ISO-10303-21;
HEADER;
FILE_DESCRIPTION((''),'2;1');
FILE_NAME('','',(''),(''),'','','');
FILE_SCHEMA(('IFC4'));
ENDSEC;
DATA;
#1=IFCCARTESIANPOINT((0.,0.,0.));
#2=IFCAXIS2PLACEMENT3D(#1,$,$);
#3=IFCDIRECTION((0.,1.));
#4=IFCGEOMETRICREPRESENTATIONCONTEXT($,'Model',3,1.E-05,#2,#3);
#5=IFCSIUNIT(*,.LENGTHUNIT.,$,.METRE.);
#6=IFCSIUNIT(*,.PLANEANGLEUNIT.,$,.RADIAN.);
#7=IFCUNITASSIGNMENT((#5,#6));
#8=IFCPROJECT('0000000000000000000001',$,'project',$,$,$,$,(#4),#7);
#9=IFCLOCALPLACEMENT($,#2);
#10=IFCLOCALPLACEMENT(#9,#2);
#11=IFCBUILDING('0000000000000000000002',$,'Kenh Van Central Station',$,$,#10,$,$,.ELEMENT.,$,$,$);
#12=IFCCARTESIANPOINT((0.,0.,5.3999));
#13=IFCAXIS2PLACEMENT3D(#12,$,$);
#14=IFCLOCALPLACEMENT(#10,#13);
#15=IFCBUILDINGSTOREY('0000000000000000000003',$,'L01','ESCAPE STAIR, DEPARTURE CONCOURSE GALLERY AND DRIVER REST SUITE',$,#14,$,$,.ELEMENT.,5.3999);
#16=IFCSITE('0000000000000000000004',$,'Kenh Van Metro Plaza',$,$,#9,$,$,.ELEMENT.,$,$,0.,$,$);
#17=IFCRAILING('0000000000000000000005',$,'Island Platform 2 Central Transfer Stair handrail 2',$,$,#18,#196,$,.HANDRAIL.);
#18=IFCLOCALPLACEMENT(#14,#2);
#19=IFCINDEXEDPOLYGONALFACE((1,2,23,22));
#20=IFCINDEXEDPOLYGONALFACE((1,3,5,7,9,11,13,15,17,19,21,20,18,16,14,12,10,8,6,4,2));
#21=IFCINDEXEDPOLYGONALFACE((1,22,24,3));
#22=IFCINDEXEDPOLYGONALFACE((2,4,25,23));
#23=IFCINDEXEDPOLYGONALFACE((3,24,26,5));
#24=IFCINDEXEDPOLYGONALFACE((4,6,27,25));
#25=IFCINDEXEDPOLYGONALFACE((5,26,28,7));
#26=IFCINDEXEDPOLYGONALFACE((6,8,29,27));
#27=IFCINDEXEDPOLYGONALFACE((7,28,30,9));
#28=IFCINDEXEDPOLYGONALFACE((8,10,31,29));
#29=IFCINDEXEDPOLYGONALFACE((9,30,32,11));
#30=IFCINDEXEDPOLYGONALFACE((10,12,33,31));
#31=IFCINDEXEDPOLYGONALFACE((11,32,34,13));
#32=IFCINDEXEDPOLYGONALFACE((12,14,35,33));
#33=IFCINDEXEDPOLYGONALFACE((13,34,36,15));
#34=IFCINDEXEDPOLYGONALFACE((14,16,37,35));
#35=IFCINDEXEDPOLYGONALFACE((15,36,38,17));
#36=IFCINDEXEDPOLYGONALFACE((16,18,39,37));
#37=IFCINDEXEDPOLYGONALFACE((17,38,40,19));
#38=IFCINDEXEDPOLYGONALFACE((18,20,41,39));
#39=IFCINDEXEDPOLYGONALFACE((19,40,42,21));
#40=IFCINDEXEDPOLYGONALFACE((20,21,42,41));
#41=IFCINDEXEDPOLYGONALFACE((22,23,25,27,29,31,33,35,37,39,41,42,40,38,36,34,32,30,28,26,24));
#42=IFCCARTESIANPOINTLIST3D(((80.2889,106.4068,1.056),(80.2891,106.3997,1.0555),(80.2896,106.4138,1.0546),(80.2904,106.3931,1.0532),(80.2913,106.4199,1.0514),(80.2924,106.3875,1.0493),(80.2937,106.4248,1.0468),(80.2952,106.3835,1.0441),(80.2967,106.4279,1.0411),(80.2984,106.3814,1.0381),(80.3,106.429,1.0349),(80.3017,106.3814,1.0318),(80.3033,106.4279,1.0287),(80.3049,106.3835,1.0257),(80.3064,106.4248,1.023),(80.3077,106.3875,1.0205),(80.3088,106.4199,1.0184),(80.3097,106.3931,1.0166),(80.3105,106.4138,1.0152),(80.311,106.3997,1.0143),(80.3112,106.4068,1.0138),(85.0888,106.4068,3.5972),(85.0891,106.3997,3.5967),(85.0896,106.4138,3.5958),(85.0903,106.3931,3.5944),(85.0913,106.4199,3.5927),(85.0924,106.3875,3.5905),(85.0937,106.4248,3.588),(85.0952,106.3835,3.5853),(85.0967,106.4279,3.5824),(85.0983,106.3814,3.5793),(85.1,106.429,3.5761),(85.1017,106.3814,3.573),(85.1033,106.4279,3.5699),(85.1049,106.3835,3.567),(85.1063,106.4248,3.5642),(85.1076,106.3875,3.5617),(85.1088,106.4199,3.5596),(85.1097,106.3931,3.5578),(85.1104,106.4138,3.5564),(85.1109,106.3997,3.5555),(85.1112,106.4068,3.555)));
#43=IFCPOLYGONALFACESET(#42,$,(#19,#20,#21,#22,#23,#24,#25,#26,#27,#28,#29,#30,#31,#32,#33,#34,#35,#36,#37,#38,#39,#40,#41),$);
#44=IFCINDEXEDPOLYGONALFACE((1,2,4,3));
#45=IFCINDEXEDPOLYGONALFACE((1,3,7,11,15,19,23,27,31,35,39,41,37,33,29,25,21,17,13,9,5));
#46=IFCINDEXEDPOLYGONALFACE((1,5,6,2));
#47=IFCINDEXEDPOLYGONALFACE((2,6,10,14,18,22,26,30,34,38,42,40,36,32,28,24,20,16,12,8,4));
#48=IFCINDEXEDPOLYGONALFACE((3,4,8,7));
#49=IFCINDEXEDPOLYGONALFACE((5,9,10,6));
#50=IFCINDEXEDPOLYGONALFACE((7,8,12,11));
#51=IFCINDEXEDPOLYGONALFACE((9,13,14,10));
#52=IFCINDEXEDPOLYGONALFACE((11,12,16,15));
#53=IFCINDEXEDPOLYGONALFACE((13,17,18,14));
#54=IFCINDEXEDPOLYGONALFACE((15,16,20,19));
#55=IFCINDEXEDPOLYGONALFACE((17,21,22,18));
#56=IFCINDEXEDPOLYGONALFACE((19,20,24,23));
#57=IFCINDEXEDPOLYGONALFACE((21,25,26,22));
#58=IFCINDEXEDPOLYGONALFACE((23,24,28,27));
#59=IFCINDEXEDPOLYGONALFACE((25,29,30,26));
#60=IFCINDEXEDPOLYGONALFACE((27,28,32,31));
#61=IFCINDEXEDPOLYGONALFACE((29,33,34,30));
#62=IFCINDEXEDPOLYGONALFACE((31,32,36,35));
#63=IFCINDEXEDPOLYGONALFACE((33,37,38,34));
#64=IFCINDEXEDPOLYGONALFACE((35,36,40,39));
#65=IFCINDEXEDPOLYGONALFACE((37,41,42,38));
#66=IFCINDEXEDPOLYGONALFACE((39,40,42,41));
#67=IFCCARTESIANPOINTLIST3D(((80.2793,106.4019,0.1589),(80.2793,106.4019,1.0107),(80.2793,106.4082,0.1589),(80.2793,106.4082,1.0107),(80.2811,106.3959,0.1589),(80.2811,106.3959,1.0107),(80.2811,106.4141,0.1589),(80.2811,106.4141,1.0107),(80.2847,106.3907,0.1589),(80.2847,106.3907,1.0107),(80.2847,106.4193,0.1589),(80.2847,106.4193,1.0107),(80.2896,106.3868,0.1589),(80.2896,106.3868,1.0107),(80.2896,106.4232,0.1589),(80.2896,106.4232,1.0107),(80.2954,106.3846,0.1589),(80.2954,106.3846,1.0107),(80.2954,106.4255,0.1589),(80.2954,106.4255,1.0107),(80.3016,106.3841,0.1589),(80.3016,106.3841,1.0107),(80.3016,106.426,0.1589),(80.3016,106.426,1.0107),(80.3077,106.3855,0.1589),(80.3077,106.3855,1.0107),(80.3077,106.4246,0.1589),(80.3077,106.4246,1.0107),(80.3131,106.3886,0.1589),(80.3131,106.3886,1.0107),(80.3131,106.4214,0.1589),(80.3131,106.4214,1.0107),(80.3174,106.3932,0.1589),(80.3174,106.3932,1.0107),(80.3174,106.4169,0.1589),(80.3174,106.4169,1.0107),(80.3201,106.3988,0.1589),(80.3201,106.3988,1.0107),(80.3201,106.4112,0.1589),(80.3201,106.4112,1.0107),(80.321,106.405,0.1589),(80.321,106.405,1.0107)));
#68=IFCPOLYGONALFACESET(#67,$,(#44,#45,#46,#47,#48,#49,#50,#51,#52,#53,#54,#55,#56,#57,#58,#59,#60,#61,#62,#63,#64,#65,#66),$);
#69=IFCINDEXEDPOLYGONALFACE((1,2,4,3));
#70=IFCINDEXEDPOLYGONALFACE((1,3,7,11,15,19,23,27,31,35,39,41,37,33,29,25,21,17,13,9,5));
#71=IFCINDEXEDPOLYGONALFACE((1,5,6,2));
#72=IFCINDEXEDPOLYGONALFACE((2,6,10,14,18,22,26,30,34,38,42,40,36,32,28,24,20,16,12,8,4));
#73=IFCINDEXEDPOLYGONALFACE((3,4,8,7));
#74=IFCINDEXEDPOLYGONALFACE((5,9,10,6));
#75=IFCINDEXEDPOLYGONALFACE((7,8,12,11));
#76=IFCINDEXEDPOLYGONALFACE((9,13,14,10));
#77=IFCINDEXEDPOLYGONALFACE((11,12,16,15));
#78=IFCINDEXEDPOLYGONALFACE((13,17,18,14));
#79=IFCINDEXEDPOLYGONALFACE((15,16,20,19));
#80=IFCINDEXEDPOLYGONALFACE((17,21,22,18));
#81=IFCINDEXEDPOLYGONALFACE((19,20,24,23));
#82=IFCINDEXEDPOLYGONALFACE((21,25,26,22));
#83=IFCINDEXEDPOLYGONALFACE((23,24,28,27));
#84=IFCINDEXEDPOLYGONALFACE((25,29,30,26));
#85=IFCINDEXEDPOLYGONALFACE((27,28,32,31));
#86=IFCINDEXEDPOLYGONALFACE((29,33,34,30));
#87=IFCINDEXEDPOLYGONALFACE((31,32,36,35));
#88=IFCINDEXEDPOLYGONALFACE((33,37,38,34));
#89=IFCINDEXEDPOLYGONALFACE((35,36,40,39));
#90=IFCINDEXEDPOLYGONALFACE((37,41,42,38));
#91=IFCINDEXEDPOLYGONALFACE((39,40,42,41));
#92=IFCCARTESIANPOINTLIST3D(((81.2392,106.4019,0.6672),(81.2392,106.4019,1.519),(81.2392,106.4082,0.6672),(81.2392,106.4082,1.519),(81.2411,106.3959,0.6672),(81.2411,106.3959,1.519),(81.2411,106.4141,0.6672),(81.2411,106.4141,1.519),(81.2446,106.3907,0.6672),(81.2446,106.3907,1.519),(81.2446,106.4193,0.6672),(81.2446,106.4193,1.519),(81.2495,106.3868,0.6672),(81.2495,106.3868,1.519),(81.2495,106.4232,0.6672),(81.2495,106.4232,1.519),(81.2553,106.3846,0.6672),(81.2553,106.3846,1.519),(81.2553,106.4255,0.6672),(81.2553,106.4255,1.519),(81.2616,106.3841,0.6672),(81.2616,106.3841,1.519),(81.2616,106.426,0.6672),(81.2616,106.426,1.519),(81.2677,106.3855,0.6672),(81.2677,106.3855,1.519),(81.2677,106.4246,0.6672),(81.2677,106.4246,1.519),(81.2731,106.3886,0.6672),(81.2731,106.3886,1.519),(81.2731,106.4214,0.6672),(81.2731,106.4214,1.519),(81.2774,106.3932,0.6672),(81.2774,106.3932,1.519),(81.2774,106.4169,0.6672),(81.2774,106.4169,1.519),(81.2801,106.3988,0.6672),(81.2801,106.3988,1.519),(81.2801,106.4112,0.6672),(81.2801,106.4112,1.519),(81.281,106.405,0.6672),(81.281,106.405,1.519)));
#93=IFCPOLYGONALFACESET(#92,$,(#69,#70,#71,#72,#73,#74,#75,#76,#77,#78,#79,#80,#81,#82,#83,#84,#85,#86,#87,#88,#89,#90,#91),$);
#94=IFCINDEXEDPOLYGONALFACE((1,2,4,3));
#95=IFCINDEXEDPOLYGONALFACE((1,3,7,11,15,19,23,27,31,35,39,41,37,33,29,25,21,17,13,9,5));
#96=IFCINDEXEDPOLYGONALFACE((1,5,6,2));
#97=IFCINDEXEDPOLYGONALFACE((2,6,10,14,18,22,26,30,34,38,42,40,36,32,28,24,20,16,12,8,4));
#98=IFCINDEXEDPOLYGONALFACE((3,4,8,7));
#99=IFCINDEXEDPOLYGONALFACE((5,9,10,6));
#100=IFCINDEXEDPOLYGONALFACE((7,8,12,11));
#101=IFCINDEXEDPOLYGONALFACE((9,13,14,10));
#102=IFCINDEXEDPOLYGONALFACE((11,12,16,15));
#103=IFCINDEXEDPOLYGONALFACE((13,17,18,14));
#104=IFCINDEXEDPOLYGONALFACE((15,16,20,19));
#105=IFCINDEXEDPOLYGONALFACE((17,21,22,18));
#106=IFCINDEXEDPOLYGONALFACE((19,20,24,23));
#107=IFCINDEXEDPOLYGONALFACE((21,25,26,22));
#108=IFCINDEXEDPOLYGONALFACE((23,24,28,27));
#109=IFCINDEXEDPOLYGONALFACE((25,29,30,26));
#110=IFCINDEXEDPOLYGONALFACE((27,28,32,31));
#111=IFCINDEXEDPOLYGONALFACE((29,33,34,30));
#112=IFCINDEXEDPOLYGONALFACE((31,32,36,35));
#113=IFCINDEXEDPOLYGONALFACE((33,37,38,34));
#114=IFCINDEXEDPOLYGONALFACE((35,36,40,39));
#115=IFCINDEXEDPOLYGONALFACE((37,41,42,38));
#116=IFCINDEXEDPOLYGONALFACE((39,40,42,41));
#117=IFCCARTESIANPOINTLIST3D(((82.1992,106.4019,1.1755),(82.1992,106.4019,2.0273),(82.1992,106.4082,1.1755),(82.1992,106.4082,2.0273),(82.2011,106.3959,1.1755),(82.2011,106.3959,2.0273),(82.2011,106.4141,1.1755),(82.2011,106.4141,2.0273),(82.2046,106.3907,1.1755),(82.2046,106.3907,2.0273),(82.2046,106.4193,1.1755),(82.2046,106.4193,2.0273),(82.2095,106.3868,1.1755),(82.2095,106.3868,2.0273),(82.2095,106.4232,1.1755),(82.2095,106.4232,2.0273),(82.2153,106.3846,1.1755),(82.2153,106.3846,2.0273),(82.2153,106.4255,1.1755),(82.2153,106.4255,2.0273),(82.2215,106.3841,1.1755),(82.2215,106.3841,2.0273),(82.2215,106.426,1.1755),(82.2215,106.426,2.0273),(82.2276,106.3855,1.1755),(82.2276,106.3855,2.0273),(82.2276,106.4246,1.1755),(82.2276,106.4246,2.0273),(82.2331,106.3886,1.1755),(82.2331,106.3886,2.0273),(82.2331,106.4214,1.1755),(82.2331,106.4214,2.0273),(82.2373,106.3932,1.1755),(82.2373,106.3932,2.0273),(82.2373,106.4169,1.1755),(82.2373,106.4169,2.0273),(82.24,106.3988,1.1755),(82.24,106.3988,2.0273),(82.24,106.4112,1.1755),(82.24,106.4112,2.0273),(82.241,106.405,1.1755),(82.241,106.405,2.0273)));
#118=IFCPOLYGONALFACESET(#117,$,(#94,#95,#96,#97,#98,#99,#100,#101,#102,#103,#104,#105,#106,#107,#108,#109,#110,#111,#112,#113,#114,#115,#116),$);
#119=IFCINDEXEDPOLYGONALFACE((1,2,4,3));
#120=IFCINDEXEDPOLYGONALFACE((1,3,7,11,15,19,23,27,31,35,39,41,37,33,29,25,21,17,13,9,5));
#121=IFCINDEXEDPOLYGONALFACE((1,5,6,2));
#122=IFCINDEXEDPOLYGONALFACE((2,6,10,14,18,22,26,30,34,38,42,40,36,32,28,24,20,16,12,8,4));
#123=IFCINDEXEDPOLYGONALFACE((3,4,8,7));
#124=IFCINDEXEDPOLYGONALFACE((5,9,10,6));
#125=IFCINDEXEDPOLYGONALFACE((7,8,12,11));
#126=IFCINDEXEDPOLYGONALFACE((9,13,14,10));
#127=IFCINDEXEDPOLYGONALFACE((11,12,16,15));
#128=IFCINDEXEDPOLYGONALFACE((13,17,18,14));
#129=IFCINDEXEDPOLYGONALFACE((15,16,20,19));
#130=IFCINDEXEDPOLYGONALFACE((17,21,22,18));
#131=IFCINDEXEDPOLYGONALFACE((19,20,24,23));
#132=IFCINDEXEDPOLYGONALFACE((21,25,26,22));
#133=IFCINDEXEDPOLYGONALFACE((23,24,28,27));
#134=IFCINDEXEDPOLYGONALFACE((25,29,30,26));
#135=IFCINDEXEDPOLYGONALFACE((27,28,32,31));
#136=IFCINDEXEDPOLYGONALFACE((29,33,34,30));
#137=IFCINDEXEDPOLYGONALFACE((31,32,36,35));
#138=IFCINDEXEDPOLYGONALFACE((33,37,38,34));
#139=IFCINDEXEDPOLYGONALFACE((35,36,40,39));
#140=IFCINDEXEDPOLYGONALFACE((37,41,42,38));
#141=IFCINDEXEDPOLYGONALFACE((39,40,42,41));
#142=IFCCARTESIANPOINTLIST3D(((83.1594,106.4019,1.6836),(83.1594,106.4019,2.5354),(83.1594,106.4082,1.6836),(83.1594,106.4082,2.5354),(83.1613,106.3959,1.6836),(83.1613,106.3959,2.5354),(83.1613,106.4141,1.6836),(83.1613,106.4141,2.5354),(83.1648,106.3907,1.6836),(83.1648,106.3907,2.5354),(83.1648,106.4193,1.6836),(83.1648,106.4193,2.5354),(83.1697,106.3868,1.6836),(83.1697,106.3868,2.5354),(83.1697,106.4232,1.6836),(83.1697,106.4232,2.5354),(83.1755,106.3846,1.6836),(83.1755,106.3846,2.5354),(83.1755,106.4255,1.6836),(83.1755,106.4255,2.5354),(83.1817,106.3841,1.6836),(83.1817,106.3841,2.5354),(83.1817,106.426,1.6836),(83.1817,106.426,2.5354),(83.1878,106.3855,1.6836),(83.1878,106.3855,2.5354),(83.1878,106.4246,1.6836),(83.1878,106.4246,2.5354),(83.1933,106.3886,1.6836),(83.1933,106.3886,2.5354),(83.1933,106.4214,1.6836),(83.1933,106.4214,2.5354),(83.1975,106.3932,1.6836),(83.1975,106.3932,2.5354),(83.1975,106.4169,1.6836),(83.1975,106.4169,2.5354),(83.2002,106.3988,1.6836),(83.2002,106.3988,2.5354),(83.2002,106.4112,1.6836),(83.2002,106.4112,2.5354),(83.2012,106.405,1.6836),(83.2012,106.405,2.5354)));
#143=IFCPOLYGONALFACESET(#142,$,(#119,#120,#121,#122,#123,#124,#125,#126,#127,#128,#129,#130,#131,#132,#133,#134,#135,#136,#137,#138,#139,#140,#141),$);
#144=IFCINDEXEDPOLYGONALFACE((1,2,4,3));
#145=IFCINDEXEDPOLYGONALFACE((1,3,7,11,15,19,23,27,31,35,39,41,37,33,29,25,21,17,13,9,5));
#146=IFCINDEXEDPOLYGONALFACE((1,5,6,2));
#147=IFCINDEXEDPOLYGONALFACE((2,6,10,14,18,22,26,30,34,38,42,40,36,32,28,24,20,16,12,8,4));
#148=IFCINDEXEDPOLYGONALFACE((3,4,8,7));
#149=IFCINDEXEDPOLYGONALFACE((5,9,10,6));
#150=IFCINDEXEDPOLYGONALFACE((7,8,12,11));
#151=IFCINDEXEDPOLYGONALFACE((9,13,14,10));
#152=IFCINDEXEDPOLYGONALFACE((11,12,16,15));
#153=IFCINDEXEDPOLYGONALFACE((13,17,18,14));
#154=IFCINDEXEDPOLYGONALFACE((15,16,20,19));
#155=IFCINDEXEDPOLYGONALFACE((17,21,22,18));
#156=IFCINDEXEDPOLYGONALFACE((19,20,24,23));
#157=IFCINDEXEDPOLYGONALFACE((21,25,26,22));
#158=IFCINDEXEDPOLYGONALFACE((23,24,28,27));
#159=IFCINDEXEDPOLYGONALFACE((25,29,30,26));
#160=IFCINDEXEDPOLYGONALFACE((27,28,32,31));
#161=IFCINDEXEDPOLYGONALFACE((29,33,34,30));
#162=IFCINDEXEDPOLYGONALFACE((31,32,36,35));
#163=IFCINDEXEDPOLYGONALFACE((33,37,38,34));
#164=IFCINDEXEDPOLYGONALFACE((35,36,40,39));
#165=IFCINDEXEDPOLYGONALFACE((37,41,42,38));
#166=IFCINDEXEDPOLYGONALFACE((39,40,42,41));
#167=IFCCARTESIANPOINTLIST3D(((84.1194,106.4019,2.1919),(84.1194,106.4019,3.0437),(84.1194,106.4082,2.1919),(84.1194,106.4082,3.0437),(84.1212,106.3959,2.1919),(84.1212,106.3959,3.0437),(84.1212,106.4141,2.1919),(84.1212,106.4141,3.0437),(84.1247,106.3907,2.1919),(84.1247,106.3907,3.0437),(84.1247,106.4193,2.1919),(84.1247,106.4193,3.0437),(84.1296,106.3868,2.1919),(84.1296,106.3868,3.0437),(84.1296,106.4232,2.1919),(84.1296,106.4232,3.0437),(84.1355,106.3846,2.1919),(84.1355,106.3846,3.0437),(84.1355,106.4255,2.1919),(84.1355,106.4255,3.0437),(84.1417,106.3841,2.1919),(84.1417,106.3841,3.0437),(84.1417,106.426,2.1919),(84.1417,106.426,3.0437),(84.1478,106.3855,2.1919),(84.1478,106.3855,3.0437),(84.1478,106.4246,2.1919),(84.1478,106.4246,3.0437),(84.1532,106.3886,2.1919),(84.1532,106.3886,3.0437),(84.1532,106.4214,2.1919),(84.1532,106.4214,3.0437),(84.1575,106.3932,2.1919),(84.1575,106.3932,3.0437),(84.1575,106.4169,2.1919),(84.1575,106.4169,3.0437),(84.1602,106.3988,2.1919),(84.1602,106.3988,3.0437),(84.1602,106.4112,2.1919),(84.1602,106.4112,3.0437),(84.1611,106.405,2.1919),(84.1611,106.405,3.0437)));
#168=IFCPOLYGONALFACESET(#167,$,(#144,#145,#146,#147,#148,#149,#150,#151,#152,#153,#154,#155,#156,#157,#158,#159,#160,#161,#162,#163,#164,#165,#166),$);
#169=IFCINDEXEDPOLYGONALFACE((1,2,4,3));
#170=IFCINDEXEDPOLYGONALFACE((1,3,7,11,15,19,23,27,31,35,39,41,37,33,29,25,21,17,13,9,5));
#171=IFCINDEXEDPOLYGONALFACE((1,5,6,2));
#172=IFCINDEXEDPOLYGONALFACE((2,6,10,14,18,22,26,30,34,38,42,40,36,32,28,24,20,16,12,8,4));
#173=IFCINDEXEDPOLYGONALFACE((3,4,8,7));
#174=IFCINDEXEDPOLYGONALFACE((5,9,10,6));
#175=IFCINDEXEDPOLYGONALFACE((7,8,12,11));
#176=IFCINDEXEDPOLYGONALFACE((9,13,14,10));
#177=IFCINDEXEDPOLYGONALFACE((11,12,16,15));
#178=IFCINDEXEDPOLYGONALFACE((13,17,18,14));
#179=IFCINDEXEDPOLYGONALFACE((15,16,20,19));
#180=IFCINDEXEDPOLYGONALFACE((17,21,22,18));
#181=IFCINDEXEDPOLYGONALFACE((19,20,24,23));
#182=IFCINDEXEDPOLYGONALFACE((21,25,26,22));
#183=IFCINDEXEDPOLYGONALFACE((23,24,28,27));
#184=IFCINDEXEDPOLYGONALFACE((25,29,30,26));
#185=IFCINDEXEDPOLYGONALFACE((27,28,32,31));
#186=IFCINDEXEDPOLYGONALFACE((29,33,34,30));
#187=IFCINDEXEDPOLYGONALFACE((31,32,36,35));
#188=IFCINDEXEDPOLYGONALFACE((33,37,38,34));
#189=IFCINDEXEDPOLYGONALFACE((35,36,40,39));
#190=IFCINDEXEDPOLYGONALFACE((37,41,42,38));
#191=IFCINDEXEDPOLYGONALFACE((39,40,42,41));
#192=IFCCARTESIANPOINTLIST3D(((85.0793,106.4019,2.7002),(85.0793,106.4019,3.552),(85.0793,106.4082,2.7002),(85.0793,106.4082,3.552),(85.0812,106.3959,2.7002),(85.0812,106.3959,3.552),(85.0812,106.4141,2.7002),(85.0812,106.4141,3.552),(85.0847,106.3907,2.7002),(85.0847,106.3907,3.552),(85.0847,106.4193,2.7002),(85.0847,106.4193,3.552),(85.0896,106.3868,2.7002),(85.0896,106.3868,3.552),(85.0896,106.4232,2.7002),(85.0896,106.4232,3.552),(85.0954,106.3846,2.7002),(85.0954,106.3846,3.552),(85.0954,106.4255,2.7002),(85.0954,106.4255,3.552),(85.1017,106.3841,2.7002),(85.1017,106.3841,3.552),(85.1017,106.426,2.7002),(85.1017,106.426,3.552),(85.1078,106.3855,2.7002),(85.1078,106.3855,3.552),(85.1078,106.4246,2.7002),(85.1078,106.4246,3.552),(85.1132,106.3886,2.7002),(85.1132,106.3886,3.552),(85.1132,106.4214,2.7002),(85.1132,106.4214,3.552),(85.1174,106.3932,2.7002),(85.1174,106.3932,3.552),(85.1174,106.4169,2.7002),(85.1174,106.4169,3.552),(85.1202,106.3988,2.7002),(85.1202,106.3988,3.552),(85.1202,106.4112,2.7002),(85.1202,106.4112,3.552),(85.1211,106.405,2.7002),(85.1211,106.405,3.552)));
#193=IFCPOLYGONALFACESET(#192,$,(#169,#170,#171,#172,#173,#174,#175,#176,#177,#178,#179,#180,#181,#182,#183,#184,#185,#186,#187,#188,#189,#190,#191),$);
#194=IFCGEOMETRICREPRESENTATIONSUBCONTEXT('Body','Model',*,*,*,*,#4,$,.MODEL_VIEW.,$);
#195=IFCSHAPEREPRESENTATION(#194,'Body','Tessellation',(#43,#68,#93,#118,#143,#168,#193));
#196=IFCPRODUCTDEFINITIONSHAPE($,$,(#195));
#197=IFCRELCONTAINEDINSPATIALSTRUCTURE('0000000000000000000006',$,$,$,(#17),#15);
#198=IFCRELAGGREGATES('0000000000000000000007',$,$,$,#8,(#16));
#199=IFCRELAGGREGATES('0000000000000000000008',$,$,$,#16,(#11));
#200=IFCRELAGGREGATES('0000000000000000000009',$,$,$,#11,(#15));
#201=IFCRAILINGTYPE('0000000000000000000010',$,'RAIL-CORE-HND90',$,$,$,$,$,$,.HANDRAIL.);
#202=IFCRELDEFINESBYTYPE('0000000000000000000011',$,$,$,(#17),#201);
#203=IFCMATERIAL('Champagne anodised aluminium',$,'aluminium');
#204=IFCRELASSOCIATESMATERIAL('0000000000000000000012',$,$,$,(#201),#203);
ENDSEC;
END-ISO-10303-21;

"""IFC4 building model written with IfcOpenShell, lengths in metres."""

from ifc_helpers import new_model, si_unit, direction, frame, origin, origin_2d, place, context, subcontext, project, spatial, circle, extrude, material, type_object, element, save


model = new_model("IFC4")

# Units and contexts
model_context = context("Model", 3, precision=1e-05, world=origin(), true_north=direction((0.0, 1.0)))
body_context = subcontext(model_context, "Body", "Model", "MODEL_VIEW")
ifc_project = project(units=[si_unit("LENGTHUNIT", "METRE"), si_unit("PLANEANGLEUNIT", "RADIAN")], contexts=[model_context])

# Site, building, storey
site_placement = place(None, origin())
site = spatial("IfcSite", under=ifc_project, at=site_placement, Name="Kenh Van Metro Plaza", CompositionType="ELEMENT", RefElevation=0.0)
building_placement = place(site_placement, origin())
building = spatial("IfcBuilding", under=site, at=building_placement, Name="Kenh Van Central Station", CompositionType="ELEMENT")
storey_placement = place(building_placement, frame((0.0, 0.0, 5.3999)))
storey = spatial("IfcBuildingStorey", under=building, at=storey_placement, Name="L01", Description="ESCAPE STAIR, DEPARTURE CONCOURSE GALLERY AND DRIVER REST SUITE", CompositionType="ELEMENT", Elevation=5.3999)

# Shared definitions
ifc_material_1 = material(Name="Champagne anodised aluminium", Category="aluminium")

# Railing
railing_type_1 = type_object("IfcRailingType", Name="RAIL-CORE-HND90", PredefinedType="HANDRAIL", material=ifc_material_1)
for number, where, name in (
    (1, (80.3, 106.405, 0.1589), "Island Platform 2 Central Transfer Stair handrail 2"),
):
    element("IfcRailing", number, at=place(storey_placement, frame(where)), inside=storey, type_object=railing_type_1, Name=name, PredefinedType="HANDRAIL", context=body_context, shape_type="SweptSolid", body=[
        extrude(circle(Radius=0.0239, at=origin_2d()), frame((0.0, 0.0, 0.876), z_axis=(0.883784, 0.0, 0.467896), x_axis=(0.0, 1.0, 0.0)), (0.0, 0.0, 1.0), 5.4312),
        extrude(circle(Radius=0.021, at=origin_2d()), origin(), (0.0, 0.0, 1.0), 0.8518),
        extrude(circle(Radius=0.021, at=origin_2d()), frame((0.96, 0.0, 0.5083)), (0.0, 0.0, 1.0), 0.8518),
        extrude(circle(Radius=0.021, at=origin_2d()), frame((1.9199, 0.0, 1.0166)), (0.0, 0.0, 1.0), 0.8518),
        extrude(circle(Radius=0.021, at=origin_2d()), frame((2.8801, 0.0, 1.5247)), (0.0, 0.0, 1.0), 0.8518),
        extrude(circle(Radius=0.021, at=origin_2d()), frame((3.8401, 0.0, 2.033)), (0.0, 0.0, 1.0), 0.8518),
        extrude(circle(Radius=0.021, at=origin_2d()), frame((4.8, 0.0, 2.5413)), (0.0, 0.0, 1.0), 0.8518),
    ])

save(model, "model.ifc")
